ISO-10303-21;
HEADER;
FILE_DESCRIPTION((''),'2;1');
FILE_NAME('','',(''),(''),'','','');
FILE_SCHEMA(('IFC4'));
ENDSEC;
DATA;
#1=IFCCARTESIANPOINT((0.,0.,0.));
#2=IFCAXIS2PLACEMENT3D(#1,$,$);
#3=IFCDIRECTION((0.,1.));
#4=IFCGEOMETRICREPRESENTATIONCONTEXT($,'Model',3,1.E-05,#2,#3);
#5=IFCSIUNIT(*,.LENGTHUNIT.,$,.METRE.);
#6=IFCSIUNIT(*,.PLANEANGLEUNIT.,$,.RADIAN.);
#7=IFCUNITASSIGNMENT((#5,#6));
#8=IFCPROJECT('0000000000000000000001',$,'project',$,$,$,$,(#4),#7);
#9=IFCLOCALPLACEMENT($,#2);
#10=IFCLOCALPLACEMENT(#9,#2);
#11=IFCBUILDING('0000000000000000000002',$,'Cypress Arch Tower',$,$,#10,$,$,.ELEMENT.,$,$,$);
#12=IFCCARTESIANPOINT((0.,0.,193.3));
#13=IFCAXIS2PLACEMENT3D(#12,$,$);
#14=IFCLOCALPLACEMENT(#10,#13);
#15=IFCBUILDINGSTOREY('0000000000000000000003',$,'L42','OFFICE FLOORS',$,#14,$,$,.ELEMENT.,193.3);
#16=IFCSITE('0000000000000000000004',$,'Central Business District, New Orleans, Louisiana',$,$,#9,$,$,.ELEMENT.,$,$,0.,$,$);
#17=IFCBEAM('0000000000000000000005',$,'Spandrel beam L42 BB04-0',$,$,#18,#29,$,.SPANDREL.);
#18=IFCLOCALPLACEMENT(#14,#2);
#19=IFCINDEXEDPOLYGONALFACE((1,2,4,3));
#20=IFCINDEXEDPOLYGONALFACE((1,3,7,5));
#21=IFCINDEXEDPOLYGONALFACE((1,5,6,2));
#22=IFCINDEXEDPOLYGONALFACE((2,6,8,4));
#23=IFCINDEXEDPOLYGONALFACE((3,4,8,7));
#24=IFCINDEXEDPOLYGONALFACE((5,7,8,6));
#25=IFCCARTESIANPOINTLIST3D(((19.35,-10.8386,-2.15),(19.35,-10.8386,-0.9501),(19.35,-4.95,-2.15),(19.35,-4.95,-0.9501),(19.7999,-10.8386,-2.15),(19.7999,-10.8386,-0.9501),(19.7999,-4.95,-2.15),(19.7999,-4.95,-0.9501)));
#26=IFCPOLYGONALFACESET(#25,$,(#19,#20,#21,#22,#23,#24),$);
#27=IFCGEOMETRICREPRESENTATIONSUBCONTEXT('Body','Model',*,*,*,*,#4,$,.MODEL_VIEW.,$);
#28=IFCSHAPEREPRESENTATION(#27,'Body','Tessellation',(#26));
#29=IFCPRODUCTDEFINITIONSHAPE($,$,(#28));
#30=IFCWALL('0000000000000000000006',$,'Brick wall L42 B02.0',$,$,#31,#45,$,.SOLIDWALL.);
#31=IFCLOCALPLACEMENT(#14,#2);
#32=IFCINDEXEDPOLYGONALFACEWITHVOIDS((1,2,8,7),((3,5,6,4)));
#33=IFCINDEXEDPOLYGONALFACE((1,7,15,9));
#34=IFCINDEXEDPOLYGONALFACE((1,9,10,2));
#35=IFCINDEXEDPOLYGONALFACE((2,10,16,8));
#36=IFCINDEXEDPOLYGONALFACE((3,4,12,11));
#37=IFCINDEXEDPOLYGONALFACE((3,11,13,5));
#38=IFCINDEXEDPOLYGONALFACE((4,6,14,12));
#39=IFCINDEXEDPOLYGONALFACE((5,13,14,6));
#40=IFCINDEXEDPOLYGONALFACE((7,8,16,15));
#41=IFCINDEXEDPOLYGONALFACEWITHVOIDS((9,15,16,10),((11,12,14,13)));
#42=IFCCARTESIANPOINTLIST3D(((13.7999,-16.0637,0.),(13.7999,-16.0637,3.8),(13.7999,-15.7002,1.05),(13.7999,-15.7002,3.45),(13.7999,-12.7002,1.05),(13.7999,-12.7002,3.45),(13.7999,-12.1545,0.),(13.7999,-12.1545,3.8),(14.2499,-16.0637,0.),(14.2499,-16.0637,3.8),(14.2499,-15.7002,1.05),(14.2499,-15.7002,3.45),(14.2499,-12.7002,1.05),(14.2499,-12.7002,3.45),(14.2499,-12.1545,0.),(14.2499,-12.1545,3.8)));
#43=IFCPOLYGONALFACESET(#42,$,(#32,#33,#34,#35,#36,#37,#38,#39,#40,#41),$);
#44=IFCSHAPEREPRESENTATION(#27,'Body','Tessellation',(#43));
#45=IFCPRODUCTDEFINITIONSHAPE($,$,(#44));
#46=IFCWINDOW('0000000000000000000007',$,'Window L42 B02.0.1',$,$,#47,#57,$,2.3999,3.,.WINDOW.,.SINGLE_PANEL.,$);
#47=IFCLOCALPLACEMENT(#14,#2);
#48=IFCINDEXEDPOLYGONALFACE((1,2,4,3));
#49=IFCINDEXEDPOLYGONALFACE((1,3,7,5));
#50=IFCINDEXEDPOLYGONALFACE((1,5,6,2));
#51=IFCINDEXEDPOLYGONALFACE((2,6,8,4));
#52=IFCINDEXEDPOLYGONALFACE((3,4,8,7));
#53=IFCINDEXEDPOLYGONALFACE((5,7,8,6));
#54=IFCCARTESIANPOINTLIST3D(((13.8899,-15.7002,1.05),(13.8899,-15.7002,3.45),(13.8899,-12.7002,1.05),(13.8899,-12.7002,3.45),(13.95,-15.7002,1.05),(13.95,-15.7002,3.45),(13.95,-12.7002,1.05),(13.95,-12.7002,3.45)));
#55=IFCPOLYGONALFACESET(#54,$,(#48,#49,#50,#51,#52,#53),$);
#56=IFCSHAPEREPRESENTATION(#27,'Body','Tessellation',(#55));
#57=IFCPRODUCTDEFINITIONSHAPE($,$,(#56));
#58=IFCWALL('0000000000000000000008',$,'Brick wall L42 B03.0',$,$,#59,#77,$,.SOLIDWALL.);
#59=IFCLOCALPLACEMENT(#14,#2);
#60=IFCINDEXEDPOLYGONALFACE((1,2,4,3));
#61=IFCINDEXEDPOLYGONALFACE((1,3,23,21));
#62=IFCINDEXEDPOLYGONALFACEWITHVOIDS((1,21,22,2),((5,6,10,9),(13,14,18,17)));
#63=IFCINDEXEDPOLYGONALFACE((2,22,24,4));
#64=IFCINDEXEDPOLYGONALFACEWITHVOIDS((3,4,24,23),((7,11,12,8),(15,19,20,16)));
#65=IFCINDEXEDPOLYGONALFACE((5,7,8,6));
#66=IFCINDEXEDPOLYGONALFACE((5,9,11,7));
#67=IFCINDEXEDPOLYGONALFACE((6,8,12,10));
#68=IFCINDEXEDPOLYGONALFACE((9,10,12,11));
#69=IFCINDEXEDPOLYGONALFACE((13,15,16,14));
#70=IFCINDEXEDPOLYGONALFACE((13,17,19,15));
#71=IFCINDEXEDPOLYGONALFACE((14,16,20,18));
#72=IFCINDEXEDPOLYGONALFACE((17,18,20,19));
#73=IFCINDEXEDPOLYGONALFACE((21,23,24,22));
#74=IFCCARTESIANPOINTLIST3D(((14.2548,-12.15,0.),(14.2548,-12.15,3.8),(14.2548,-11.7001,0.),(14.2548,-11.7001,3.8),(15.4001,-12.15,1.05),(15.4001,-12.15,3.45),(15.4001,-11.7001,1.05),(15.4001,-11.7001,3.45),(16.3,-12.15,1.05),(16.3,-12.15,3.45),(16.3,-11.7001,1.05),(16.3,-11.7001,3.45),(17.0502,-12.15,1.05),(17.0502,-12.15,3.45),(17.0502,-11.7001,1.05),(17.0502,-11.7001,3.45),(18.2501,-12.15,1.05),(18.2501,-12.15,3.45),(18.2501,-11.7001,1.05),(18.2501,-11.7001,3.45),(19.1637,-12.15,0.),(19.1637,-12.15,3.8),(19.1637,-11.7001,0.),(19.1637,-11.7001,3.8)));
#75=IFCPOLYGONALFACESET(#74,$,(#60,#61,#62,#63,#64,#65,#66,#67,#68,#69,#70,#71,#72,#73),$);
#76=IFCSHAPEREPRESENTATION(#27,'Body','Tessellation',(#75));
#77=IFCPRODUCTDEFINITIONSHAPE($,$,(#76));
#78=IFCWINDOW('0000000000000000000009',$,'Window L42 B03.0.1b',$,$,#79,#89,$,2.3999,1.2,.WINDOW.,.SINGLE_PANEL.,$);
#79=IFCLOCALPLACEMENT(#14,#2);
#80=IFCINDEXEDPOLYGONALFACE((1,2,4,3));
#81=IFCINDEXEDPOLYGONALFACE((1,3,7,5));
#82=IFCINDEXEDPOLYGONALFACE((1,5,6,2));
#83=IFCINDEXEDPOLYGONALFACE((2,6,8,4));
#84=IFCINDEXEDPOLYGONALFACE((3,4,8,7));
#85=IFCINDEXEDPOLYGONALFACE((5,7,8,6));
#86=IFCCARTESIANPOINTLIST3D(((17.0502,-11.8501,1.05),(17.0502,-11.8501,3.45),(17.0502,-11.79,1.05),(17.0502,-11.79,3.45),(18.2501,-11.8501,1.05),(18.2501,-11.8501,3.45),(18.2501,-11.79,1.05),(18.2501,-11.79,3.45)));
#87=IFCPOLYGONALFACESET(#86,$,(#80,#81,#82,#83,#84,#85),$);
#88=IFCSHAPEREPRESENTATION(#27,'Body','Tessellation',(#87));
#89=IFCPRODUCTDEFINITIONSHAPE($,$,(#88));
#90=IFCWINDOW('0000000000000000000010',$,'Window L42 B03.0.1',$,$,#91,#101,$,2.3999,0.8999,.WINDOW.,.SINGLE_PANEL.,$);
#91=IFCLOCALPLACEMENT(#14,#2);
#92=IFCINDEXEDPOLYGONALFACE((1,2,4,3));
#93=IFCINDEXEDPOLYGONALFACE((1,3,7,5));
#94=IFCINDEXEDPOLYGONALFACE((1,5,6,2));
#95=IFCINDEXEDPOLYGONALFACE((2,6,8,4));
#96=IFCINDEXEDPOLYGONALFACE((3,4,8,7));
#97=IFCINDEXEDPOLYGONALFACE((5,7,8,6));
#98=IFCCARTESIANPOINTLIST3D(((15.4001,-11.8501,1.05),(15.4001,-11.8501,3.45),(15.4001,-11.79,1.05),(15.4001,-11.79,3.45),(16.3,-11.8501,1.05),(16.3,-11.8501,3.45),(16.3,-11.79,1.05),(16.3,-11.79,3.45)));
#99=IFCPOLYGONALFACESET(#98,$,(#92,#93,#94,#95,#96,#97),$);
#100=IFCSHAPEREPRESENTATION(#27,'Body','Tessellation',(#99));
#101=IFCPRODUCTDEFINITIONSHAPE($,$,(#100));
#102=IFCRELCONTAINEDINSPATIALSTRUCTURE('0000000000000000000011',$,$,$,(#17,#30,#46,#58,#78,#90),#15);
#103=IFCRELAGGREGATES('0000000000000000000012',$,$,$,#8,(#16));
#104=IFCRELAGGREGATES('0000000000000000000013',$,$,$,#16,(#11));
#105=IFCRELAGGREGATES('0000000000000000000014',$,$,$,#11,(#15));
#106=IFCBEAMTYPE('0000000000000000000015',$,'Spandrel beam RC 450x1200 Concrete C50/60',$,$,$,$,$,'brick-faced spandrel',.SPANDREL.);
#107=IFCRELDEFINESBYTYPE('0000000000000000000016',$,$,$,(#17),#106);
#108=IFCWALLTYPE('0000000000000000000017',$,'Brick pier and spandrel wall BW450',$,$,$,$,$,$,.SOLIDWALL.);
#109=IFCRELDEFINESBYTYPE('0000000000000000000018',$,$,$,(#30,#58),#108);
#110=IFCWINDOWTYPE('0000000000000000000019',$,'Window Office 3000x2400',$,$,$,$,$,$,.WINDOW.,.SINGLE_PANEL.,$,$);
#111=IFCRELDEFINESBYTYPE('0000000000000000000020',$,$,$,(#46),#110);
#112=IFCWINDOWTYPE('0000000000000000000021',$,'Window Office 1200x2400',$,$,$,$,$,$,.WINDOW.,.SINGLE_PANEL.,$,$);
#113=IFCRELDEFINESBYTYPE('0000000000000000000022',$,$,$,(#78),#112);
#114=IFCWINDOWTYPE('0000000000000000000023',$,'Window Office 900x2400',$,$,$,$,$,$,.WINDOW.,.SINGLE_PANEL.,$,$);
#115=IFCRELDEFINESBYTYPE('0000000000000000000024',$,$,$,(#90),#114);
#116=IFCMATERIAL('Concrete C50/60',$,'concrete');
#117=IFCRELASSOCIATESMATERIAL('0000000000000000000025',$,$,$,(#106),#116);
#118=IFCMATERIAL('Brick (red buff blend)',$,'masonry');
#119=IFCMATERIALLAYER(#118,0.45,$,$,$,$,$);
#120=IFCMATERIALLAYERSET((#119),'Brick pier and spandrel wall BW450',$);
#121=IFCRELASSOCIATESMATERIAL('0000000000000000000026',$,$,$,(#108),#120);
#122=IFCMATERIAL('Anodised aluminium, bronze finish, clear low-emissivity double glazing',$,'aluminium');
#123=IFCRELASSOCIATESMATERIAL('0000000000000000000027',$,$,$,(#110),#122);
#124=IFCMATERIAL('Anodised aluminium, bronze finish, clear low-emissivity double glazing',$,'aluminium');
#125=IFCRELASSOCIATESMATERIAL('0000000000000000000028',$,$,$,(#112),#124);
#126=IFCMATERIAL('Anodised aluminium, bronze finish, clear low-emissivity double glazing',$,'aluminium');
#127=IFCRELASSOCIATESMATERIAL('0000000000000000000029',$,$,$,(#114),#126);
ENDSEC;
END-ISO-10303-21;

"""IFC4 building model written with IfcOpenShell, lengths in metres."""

from ifc_helpers import new_model, si_unit, direction, frame, frame_2d, origin, origin_2d, place, context, subcontext, project, spatial, rectangle, extrude, material, layer, layer_set, material_profile, profile_set, type_object, element, fill, save


model = new_model("IFC4")

# Units and contexts
model_context = context("Model", 3, precision=1e-05, world=origin(), true_north=direction((0.0, 1.0)))
body_context = subcontext(model_context, "Body", "Model", "MODEL_VIEW")
ifc_project = project(units=[si_unit("LENGTHUNIT", "METRE"), si_unit("PLANEANGLEUNIT", "RADIAN")], contexts=[model_context])

# Site, building, storey
site_placement = place(None, origin())
site = spatial("IfcSite", under=ifc_project, at=site_placement, Name="Central Business District, New Orleans, Louisiana", CompositionType="ELEMENT", RefElevation=0.0)
building_placement = place(site_placement, origin())
building = spatial("IfcBuilding", under=site, at=building_placement, Name="Cypress Arch Tower", CompositionType="ELEMENT")
storey_placement = place(building_placement, frame((0.0, 0.0, 193.3)))
storey = spatial("IfcBuildingStorey", under=building, at=storey_placement, Name="L42", Description="OFFICE FLOORS", CompositionType="ELEMENT", Elevation=193.3)

# Beam
ifc_material_1 = material(Name="Concrete C50/60", Category="concrete")
ifc_material_profile_1 = material_profile(ifc_material_1, rectangle(XDim=0.45, YDim=1.2, at=origin_2d()), Name="RC 450x1200")
ifc_profile_set_1 = profile_set([ifc_material_profile_1], Name="Concrete C50/60")
beam_type_1 = type_object("IfcBeamType", Name="Spandrel beam RC 450x1200 Concrete C50/60", ElementType="brick-faced spandrel", PredefinedType="SPANDREL", material=ifc_profile_set_1)
beam_1_placement = place(storey_placement, frame((19.575, -10.8386, -1.55), z_axis=(0.0, 1.0, 0.0), x_axis=(-1.0, 0.0, 0.0)))
element("IfcBeam", 1, at=beam_1_placement, inside=storey, type_object=beam_type_1, Name="Spandrel beam L42 BB04-0", PredefinedType="SPANDREL", context=body_context, shape_type="SweptSolid", body=[
    extrude(rectangle(XDim=0.45, YDim=1.2, at=origin_2d()), origin(), (0.0, 0.0, 1.0), 5.8887),
])

# Wall, opening, window
ifc_material_2 = material(Name="Brick (red buff blend)", Category="masonry")
ifc_layer_1 = layer(ifc_material_2, 0.45)
ifc_layer_set_1 = layer_set([ifc_layer_1], Name="Brick pier and spandrel wall BW450")
wall_type_1 = type_object("IfcWallType", Name="Brick pier and spandrel wall BW450", PredefinedType="SOLIDWALL", material=ifc_layer_set_1)
wall_1_placement = place(storey_placement, frame((14.0249, -16.0637, 0.0), z_axis=(0.0, 0.0, 1.0), x_axis=(0.0, 1.0, 0.0)))
wall_1 = element("IfcWall", 2, at=wall_1_placement, inside=storey, type_object=wall_type_1, Name="Brick wall L42 B02.0", PredefinedType="SOLIDWALL", context=body_context, shape_type="SweptSolid", body=[
    extrude(rectangle(XDim=3.9092, YDim=0.45, at=frame_2d((1.9546, 0.0))), origin(), (0.0, 0.0, 1.0), 3.8),
])
opening_1_placement = place(wall_1_placement, frame((0.3635, 0.0, 1.05)))
opening_1 = element("IfcOpeningElement", 3, at=opening_1_placement, cuts=wall_1, PredefinedType="OPENING", context=body_context, shape_type="SweptSolid", body=[
    extrude(rectangle(XDim=3.0, YDim=2.3999, at=frame_2d((1.5, 1.2))), frame((0.0, 0.2349, 0.0), z_axis=(0.0, -1.0, 0.0), x_axis=(1.0, 0.0, 0.0)), (0.0, 0.0, 1.0), 0.47),
])
ifc_material_3 = material(Name="Anodised aluminium, bronze finish, clear low-emissivity double glazing", Category="aluminium")
window_type_1 = type_object("IfcWindowType", Name="Window Office 3000x2400", PartitioningType="SINGLE_PANEL", PredefinedType="WINDOW", material=ifc_material_3)
window_1_placement = place(opening_1_placement, origin())
window_1 = element("IfcWindow", 4, at=window_1_placement, inside=storey, type_object=window_type_1, Name="Window L42 B02.0.1", OverallHeight=2.3999, OverallWidth=3.0, PartitioningType="SINGLE_PANEL", PredefinedType="WINDOW", context=body_context, shape_type="SweptSolid", body=[
    extrude(rectangle(XDim=3.0, YDim=2.3999, at=frame_2d((1.5, 1.2))), frame((0.0, 0.135, 0.0), z_axis=(0.0, -1.0, 0.0), x_axis=(1.0, 0.0, 0.0)), (0.0, 0.0, 1.0), 0.0601),
])
fill(opening_1, window_1)

# Wall, openings, windows
wall_2_placement = place(storey_placement, frame((14.2546, -11.925, 0.0), z_axis=(0.0, 0.0, 1.0), x_axis=(1.0, 0.0, 0.0)))
wall_2 = element("IfcWall", 5, at=wall_2_placement, inside=storey, type_object=wall_type_1, Name="Brick wall L42 B03.0", PredefinedType="SOLIDWALL", context=body_context, shape_type="SweptSolid", body=[
    extrude(rectangle(XDim=4.9089, YDim=0.45, at=frame_2d((2.4546, 0.0))), origin(), (0.0, 0.0, 1.0), 3.8),
])
opening_2_placement = place(wall_2_placement, frame((1.1455, 0.0, 1.05)))
opening_2 = element("IfcOpeningElement", 6, at=opening_2_placement, cuts=wall_2, PredefinedType="OPENING", context=body_context, shape_type="SweptSolid", body=[
    extrude(rectangle(XDim=0.8999, YDim=2.3999, at=frame_2d((0.45, 1.2))), frame((0.0, 0.2349, 0.0), z_axis=(0.0, -1.0, 0.0), x_axis=(1.0, 0.0, 0.0)), (0.0, 0.0, 1.0), 0.47),
])
opening_3_placement = place(wall_2_placement, frame((2.7954, 0.0, 1.05)))
opening_3 = element("IfcOpeningElement", 7, at=opening_3_placement, cuts=wall_2, PredefinedType="OPENING", context=body_context, shape_type="SweptSolid", body=[
    extrude(rectangle(XDim=1.2, YDim=2.3999, at=frame_2d((0.6001, 1.2))), frame((0.0, 0.2349, 0.0), z_axis=(0.0, -1.0, 0.0), x_axis=(1.0, 0.0, 0.0)), (0.0, 0.0, 1.0), 0.47),
])
ifc_material_4 = material(Name="Anodised aluminium, bronze finish, clear low-emissivity double glazing", Category="aluminium")
window_type_2 = type_object("IfcWindowType", Name="Window Office 1200x2400", PartitioningType="SINGLE_PANEL", PredefinedType="WINDOW", material=ifc_material_4)
window_2_placement = place(opening_3_placement, origin())
window_2 = element("IfcWindow", 8, at=window_2_placement, inside=storey, type_object=window_type_2, Name="Window L42 B03.0.1b", OverallHeight=2.3999, OverallWidth=1.2, PartitioningType="SINGLE_PANEL", PredefinedType="WINDOW", context=body_context, shape_type="SweptSolid", body=[
    extrude(rectangle(XDim=1.2, YDim=2.3999, at=frame_2d((0.6001, 1.2))), frame((0.0, 0.135, 0.0), z_axis=(0.0, -1.0, 0.0), x_axis=(1.0, 0.0, 0.0)), (0.0, 0.0, 1.0), 0.0601),
])
fill(opening_3, window_2)
ifc_material_5 = material(Name="Anodised aluminium, bronze finish, clear low-emissivity double glazing", Category="aluminium")
window_type_3 = type_object("IfcWindowType", Name="Window Office 900x2400", PartitioningType="SINGLE_PANEL", PredefinedType="WINDOW", material=ifc_material_5)
window_3_placement = place(opening_2_placement, origin())
window_3 = element("IfcWindow", 9, at=window_3_placement, inside=storey, type_object=window_type_3, Name="Window L42 B03.0.1", OverallHeight=2.3999, OverallWidth=0.8999, PartitioningType="SINGLE_PANEL", PredefinedType="WINDOW", context=body_context, shape_type="SweptSolid", body=[
    extrude(rectangle(XDim=0.8999, YDim=2.3999, at=frame_2d((0.45, 1.2))), frame((0.0, 0.135, 0.0), z_axis=(0.0, -1.0, 0.0), x_axis=(1.0, 0.0, 0.0)), (0.0, 0.0, 1.0), 0.0601),
])
fill(opening_2, window_3)

save(model, "model.ifc")
